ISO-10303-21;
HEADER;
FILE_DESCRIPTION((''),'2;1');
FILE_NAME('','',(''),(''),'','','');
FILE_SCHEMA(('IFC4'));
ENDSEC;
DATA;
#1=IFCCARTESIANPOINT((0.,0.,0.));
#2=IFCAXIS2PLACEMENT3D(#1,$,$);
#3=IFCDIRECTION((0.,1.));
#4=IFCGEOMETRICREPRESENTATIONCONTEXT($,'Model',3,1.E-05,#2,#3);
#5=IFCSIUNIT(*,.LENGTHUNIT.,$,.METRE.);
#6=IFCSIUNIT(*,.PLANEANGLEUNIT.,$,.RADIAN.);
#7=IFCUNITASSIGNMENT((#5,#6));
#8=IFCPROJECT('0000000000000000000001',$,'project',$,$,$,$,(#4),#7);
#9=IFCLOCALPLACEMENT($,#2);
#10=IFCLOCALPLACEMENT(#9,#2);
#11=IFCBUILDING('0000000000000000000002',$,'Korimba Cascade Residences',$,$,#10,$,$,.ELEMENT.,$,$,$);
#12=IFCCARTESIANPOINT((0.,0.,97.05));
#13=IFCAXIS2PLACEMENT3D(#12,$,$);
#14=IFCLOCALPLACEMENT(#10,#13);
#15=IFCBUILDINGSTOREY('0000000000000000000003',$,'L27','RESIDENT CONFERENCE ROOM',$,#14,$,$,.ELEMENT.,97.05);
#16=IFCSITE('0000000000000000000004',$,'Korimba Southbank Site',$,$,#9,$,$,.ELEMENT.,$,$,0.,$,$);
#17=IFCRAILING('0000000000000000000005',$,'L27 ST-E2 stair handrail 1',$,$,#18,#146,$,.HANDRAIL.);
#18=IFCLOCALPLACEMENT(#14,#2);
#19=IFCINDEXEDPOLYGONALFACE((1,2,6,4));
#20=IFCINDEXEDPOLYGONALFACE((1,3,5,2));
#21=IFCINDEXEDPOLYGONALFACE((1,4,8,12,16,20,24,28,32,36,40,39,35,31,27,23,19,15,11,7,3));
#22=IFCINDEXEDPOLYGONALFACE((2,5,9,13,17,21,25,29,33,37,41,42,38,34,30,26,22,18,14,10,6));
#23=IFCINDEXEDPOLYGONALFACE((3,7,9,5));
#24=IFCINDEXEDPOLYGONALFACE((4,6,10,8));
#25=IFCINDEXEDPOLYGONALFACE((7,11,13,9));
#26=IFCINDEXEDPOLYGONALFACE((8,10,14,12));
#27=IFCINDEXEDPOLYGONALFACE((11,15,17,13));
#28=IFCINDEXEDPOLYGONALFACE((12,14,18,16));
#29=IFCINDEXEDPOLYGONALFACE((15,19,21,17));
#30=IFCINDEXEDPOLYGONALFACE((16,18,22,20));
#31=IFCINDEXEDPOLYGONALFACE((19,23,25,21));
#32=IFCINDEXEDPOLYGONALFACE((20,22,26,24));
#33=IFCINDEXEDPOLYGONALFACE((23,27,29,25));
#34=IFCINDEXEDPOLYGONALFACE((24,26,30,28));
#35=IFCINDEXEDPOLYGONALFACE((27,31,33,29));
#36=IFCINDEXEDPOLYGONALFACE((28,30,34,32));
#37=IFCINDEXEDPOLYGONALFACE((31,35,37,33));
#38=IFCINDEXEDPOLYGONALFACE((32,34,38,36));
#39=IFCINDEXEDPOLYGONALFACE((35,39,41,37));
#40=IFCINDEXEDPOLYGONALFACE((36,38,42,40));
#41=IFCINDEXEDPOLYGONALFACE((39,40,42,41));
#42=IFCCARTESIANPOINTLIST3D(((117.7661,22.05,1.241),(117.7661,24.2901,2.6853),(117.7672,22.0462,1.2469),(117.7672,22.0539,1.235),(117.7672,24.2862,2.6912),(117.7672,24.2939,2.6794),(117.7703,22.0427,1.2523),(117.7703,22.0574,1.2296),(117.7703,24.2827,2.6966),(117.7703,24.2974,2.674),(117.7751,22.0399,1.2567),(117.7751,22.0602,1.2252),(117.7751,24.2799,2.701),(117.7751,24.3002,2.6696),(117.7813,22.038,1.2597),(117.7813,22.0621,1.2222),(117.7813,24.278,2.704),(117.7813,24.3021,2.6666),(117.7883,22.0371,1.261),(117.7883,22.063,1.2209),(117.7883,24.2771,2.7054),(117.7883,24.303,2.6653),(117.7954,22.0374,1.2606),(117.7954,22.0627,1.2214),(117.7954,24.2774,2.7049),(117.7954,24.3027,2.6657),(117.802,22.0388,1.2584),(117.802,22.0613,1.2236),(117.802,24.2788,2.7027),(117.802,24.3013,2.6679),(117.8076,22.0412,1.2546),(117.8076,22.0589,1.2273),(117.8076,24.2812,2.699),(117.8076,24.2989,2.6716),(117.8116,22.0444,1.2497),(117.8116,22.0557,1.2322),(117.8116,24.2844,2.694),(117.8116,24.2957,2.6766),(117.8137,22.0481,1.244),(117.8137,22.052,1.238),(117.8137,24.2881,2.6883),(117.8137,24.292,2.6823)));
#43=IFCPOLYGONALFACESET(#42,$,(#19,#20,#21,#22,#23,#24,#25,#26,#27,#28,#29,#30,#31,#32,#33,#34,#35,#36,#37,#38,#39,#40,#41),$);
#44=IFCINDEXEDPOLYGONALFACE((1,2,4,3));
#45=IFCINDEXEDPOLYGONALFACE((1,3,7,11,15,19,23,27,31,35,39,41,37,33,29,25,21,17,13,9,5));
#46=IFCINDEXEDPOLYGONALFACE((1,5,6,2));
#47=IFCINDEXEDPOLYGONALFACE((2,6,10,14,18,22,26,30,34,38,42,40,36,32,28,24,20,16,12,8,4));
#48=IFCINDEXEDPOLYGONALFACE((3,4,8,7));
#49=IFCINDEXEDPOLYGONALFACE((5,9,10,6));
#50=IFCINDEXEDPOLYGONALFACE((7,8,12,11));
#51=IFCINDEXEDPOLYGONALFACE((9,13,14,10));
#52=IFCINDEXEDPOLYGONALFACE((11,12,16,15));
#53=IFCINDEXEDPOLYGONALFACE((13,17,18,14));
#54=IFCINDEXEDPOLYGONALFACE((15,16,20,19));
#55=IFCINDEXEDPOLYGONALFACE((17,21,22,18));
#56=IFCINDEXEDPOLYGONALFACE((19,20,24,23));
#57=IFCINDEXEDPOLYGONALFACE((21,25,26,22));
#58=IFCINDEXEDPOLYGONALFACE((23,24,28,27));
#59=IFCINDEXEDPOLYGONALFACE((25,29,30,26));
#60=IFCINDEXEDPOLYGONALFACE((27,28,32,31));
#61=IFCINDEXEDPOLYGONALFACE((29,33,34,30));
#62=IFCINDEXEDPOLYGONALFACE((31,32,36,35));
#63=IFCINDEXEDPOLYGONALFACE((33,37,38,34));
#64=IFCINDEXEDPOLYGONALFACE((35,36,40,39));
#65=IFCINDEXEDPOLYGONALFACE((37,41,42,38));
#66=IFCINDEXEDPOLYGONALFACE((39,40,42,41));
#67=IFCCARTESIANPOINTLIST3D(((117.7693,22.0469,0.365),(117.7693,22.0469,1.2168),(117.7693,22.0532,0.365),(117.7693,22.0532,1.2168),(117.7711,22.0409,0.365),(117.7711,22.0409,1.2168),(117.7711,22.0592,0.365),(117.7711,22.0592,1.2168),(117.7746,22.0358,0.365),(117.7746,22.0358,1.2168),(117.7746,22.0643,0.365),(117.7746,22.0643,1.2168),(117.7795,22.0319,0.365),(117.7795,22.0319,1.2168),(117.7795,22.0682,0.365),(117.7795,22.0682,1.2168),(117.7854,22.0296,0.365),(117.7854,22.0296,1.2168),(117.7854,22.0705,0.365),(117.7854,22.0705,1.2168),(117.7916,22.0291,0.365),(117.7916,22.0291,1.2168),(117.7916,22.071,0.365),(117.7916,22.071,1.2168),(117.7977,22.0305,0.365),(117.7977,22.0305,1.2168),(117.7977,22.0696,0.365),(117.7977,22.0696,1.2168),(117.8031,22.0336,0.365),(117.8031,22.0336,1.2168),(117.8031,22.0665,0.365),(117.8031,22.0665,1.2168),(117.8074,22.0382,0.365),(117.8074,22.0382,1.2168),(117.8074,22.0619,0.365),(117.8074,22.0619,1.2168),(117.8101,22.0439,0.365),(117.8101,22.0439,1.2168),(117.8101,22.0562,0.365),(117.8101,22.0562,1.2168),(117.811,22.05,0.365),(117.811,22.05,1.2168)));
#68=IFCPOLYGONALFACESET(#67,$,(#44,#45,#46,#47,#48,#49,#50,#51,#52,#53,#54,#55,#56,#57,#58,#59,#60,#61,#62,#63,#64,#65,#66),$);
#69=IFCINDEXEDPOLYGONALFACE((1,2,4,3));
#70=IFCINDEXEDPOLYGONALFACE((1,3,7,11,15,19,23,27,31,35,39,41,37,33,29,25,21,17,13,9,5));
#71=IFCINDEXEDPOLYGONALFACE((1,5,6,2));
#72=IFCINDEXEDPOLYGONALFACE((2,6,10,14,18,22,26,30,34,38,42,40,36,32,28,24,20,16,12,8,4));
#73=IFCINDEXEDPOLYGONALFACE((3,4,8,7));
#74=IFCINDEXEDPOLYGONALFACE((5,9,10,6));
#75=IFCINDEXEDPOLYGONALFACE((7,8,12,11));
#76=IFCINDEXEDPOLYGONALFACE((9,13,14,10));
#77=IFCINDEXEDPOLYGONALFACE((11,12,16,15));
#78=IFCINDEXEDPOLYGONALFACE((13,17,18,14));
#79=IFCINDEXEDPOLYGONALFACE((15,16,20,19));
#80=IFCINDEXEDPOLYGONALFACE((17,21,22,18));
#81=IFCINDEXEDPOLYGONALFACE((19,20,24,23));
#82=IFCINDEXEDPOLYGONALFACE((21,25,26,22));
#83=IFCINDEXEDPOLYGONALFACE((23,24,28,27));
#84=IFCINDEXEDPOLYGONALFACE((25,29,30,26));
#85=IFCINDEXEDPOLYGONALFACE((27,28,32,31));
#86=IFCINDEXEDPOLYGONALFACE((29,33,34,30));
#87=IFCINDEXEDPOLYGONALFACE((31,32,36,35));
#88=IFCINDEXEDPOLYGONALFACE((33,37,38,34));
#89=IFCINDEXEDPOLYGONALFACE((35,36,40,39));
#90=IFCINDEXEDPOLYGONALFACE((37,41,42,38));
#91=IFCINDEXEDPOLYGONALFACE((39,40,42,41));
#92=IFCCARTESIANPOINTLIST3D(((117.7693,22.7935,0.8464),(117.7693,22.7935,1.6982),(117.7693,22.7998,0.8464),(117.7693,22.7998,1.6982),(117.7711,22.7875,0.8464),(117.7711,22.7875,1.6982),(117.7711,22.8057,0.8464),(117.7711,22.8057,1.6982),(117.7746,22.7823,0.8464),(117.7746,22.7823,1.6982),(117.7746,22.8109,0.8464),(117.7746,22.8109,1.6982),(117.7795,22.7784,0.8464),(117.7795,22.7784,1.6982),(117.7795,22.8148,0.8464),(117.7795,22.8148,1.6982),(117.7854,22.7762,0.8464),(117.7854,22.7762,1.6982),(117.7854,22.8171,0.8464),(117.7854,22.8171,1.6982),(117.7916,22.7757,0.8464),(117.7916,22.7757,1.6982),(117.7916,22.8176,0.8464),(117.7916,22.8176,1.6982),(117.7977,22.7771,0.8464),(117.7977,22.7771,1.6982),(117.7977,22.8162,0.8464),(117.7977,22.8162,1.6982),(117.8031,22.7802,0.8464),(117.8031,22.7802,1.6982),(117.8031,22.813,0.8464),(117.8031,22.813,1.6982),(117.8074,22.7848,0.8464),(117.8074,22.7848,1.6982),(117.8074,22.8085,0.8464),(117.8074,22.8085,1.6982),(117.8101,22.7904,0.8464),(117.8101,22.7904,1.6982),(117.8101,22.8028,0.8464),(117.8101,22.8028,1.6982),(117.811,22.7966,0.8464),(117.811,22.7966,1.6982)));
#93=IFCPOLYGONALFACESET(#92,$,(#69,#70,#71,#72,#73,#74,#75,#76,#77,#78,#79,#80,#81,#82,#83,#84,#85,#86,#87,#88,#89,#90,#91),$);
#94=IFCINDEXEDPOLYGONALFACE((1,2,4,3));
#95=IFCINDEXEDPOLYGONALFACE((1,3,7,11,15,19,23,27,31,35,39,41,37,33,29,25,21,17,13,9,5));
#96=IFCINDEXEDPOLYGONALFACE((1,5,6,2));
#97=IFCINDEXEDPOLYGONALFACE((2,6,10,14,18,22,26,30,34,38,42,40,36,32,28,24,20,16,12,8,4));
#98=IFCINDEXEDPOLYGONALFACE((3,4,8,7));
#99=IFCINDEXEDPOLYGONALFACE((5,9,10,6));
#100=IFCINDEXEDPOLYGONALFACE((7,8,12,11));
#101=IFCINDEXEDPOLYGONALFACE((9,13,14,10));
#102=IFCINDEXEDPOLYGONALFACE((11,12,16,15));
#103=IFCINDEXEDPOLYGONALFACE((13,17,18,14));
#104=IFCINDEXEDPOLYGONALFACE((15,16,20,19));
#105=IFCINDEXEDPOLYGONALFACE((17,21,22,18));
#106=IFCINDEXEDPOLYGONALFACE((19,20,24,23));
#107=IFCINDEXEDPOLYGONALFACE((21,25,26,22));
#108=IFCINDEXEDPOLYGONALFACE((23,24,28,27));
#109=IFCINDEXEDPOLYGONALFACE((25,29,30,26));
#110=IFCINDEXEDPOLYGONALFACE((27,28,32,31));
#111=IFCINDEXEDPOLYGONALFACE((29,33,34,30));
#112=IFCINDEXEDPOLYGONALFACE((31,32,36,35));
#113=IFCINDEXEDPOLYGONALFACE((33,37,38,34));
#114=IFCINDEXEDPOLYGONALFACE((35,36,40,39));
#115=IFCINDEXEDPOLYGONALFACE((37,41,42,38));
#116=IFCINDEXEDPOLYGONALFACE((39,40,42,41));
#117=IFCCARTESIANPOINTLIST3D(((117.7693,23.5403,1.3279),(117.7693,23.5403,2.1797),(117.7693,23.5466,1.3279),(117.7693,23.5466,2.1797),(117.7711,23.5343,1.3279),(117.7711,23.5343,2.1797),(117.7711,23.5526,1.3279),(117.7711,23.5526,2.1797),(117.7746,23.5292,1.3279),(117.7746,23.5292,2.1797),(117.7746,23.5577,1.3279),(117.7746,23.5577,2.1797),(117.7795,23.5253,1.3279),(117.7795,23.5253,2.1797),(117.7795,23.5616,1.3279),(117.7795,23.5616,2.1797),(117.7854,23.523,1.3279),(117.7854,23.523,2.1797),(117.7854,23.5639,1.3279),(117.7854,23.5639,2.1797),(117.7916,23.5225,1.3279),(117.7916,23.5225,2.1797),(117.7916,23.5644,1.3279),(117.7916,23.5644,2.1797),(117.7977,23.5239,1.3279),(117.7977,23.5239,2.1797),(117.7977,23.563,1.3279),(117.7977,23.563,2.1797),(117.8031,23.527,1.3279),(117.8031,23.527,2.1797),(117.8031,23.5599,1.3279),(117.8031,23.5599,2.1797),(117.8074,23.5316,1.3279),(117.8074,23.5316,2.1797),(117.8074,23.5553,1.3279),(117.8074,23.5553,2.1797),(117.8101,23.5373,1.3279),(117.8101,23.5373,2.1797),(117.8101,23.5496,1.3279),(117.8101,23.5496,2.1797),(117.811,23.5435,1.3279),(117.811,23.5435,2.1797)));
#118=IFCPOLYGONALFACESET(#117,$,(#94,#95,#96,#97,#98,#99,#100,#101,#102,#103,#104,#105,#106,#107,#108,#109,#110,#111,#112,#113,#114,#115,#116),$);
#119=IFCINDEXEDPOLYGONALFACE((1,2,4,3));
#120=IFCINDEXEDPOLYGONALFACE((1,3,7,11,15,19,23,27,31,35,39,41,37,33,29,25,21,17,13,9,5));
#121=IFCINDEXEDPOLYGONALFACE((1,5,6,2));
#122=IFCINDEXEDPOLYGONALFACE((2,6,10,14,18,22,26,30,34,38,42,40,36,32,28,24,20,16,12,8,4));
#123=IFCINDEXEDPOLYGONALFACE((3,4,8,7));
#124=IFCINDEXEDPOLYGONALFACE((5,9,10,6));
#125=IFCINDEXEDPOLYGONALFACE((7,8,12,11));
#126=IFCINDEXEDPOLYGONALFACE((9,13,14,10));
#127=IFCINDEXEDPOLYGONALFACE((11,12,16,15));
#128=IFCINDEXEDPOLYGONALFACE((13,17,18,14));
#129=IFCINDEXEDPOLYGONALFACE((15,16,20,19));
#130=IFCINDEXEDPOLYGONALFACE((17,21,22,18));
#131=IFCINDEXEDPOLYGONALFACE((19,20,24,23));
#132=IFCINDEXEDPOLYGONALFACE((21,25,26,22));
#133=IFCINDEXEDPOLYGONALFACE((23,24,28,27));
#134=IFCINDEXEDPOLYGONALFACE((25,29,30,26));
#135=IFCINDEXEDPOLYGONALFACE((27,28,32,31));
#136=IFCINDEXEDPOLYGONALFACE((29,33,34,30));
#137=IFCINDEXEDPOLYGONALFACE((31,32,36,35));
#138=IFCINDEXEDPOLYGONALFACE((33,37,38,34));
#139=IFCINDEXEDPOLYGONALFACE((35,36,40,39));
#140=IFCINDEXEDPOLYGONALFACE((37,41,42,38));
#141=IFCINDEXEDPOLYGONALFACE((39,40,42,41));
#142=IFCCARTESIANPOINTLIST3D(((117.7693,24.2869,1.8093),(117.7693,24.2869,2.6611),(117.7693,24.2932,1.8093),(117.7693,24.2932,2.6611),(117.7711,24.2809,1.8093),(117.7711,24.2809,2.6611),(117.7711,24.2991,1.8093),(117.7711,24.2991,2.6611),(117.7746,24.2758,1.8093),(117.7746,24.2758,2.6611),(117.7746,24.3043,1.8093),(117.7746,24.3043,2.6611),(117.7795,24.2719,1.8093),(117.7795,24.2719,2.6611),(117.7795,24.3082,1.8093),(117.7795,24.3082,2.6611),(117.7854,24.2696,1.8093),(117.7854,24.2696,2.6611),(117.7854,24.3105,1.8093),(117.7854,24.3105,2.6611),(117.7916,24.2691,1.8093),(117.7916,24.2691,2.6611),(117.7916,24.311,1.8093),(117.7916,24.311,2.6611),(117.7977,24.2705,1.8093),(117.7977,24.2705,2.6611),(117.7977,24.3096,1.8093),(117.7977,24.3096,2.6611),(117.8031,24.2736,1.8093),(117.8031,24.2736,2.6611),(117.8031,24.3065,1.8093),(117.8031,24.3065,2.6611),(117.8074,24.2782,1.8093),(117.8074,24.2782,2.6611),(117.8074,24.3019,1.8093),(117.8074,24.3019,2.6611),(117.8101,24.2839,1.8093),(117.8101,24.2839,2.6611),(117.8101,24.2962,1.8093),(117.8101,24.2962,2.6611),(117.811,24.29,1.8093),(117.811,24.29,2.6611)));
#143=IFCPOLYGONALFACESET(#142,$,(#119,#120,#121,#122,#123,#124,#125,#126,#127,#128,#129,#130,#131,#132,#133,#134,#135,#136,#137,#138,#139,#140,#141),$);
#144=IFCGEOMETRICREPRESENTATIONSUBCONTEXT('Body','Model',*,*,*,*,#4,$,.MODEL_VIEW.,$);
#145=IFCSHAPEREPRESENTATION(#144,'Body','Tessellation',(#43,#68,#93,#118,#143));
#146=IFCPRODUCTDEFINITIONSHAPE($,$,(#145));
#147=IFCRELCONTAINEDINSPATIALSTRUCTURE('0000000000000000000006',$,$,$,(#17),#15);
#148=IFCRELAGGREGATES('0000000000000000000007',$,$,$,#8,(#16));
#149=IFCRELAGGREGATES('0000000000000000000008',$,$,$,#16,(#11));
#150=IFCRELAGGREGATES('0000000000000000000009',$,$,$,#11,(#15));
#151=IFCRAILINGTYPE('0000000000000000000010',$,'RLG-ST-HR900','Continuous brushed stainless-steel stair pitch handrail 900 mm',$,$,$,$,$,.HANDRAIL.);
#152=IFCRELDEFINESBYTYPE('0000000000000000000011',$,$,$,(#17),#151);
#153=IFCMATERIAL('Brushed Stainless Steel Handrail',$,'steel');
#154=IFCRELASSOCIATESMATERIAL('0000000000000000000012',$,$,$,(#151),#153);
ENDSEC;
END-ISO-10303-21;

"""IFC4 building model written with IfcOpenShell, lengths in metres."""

from ifc_helpers import new_model, si_unit, direction, frame, origin, origin_2d, place, context, subcontext, project, spatial, circle, extrude, material, type_object, element, save


model = new_model("IFC4")

# Units and contexts
model_context = context("Model", 3, precision=1e-05, world=origin(), true_north=direction((0.0, 1.0)))
body_context = subcontext(model_context, "Body", "Model", "MODEL_VIEW")
ifc_project = project(units=[si_unit("LENGTHUNIT", "METRE"), si_unit("PLANEANGLEUNIT", "RADIAN")], contexts=[model_context])

# Site, building, storey
site_placement = place(None, origin())
site = spatial("IfcSite", under=ifc_project, at=site_placement, Name="Korimba Southbank Site", CompositionType="ELEMENT", RefElevation=0.0)
building_placement = place(site_placement, origin())
building = spatial("IfcBuilding", under=site, at=building_placement, Name="Korimba Cascade Residences", CompositionType="ELEMENT")
storey_placement = place(building_placement, frame((0.0, 0.0, 97.05)))
storey = spatial("IfcBuildingStorey", under=building, at=storey_placement, Name="L27", Description="RESIDENT CONFERENCE ROOM", CompositionType="ELEMENT", Elevation=97.05)

# Railing
ifc_material_1 = material(Name="Brushed Stainless Steel Handrail", Category="steel")
railing_type_1 = type_object("IfcRailingType", Name="RLG-ST-HR900", Description="Continuous brushed stainless-steel stair pitch handrail 900 mm", PredefinedType="HANDRAIL", material=ifc_material_1)
railing_1_placement = place(storey_placement, frame((117.79, 22.05, 0.365)))
element("IfcRailing", 1, at=railing_1_placement, inside=storey, type_object=railing_type_1, Name="L27 ST-E2 stair handrail 1", PredefinedType="HANDRAIL", context=body_context, shape_type="SweptSolid", body=[
    extrude(circle(Radius=0.0239, at=origin_2d()), frame((0.0, 0.0, 0.876), z_axis=(0.0, 0.840437, 0.54191), x_axis=(-1.0, 0.0, 0.0)), (0.0, 0.0, 1.0), 2.6653),
    extrude(circle(Radius=0.021, at=origin_2d()), origin(), (0.0, 0.0, 1.0), 0.8518),
    extrude(circle(Radius=0.021, at=origin_2d()), frame((0.0, 0.7466, 0.4814)), (0.0, 0.0, 1.0), 0.8518),
    extrude(circle(Radius=0.021, at=origin_2d()), frame((0.0, 1.4934, 0.9629)), (0.0, 0.0, 1.0), 0.8518),
    extrude(circle(Radius=0.021, at=origin_2d()), frame((0.0, 2.24, 1.4443)), (0.0, 0.0, 1.0), 0.8518),
])

save(model, "model.ifc")
